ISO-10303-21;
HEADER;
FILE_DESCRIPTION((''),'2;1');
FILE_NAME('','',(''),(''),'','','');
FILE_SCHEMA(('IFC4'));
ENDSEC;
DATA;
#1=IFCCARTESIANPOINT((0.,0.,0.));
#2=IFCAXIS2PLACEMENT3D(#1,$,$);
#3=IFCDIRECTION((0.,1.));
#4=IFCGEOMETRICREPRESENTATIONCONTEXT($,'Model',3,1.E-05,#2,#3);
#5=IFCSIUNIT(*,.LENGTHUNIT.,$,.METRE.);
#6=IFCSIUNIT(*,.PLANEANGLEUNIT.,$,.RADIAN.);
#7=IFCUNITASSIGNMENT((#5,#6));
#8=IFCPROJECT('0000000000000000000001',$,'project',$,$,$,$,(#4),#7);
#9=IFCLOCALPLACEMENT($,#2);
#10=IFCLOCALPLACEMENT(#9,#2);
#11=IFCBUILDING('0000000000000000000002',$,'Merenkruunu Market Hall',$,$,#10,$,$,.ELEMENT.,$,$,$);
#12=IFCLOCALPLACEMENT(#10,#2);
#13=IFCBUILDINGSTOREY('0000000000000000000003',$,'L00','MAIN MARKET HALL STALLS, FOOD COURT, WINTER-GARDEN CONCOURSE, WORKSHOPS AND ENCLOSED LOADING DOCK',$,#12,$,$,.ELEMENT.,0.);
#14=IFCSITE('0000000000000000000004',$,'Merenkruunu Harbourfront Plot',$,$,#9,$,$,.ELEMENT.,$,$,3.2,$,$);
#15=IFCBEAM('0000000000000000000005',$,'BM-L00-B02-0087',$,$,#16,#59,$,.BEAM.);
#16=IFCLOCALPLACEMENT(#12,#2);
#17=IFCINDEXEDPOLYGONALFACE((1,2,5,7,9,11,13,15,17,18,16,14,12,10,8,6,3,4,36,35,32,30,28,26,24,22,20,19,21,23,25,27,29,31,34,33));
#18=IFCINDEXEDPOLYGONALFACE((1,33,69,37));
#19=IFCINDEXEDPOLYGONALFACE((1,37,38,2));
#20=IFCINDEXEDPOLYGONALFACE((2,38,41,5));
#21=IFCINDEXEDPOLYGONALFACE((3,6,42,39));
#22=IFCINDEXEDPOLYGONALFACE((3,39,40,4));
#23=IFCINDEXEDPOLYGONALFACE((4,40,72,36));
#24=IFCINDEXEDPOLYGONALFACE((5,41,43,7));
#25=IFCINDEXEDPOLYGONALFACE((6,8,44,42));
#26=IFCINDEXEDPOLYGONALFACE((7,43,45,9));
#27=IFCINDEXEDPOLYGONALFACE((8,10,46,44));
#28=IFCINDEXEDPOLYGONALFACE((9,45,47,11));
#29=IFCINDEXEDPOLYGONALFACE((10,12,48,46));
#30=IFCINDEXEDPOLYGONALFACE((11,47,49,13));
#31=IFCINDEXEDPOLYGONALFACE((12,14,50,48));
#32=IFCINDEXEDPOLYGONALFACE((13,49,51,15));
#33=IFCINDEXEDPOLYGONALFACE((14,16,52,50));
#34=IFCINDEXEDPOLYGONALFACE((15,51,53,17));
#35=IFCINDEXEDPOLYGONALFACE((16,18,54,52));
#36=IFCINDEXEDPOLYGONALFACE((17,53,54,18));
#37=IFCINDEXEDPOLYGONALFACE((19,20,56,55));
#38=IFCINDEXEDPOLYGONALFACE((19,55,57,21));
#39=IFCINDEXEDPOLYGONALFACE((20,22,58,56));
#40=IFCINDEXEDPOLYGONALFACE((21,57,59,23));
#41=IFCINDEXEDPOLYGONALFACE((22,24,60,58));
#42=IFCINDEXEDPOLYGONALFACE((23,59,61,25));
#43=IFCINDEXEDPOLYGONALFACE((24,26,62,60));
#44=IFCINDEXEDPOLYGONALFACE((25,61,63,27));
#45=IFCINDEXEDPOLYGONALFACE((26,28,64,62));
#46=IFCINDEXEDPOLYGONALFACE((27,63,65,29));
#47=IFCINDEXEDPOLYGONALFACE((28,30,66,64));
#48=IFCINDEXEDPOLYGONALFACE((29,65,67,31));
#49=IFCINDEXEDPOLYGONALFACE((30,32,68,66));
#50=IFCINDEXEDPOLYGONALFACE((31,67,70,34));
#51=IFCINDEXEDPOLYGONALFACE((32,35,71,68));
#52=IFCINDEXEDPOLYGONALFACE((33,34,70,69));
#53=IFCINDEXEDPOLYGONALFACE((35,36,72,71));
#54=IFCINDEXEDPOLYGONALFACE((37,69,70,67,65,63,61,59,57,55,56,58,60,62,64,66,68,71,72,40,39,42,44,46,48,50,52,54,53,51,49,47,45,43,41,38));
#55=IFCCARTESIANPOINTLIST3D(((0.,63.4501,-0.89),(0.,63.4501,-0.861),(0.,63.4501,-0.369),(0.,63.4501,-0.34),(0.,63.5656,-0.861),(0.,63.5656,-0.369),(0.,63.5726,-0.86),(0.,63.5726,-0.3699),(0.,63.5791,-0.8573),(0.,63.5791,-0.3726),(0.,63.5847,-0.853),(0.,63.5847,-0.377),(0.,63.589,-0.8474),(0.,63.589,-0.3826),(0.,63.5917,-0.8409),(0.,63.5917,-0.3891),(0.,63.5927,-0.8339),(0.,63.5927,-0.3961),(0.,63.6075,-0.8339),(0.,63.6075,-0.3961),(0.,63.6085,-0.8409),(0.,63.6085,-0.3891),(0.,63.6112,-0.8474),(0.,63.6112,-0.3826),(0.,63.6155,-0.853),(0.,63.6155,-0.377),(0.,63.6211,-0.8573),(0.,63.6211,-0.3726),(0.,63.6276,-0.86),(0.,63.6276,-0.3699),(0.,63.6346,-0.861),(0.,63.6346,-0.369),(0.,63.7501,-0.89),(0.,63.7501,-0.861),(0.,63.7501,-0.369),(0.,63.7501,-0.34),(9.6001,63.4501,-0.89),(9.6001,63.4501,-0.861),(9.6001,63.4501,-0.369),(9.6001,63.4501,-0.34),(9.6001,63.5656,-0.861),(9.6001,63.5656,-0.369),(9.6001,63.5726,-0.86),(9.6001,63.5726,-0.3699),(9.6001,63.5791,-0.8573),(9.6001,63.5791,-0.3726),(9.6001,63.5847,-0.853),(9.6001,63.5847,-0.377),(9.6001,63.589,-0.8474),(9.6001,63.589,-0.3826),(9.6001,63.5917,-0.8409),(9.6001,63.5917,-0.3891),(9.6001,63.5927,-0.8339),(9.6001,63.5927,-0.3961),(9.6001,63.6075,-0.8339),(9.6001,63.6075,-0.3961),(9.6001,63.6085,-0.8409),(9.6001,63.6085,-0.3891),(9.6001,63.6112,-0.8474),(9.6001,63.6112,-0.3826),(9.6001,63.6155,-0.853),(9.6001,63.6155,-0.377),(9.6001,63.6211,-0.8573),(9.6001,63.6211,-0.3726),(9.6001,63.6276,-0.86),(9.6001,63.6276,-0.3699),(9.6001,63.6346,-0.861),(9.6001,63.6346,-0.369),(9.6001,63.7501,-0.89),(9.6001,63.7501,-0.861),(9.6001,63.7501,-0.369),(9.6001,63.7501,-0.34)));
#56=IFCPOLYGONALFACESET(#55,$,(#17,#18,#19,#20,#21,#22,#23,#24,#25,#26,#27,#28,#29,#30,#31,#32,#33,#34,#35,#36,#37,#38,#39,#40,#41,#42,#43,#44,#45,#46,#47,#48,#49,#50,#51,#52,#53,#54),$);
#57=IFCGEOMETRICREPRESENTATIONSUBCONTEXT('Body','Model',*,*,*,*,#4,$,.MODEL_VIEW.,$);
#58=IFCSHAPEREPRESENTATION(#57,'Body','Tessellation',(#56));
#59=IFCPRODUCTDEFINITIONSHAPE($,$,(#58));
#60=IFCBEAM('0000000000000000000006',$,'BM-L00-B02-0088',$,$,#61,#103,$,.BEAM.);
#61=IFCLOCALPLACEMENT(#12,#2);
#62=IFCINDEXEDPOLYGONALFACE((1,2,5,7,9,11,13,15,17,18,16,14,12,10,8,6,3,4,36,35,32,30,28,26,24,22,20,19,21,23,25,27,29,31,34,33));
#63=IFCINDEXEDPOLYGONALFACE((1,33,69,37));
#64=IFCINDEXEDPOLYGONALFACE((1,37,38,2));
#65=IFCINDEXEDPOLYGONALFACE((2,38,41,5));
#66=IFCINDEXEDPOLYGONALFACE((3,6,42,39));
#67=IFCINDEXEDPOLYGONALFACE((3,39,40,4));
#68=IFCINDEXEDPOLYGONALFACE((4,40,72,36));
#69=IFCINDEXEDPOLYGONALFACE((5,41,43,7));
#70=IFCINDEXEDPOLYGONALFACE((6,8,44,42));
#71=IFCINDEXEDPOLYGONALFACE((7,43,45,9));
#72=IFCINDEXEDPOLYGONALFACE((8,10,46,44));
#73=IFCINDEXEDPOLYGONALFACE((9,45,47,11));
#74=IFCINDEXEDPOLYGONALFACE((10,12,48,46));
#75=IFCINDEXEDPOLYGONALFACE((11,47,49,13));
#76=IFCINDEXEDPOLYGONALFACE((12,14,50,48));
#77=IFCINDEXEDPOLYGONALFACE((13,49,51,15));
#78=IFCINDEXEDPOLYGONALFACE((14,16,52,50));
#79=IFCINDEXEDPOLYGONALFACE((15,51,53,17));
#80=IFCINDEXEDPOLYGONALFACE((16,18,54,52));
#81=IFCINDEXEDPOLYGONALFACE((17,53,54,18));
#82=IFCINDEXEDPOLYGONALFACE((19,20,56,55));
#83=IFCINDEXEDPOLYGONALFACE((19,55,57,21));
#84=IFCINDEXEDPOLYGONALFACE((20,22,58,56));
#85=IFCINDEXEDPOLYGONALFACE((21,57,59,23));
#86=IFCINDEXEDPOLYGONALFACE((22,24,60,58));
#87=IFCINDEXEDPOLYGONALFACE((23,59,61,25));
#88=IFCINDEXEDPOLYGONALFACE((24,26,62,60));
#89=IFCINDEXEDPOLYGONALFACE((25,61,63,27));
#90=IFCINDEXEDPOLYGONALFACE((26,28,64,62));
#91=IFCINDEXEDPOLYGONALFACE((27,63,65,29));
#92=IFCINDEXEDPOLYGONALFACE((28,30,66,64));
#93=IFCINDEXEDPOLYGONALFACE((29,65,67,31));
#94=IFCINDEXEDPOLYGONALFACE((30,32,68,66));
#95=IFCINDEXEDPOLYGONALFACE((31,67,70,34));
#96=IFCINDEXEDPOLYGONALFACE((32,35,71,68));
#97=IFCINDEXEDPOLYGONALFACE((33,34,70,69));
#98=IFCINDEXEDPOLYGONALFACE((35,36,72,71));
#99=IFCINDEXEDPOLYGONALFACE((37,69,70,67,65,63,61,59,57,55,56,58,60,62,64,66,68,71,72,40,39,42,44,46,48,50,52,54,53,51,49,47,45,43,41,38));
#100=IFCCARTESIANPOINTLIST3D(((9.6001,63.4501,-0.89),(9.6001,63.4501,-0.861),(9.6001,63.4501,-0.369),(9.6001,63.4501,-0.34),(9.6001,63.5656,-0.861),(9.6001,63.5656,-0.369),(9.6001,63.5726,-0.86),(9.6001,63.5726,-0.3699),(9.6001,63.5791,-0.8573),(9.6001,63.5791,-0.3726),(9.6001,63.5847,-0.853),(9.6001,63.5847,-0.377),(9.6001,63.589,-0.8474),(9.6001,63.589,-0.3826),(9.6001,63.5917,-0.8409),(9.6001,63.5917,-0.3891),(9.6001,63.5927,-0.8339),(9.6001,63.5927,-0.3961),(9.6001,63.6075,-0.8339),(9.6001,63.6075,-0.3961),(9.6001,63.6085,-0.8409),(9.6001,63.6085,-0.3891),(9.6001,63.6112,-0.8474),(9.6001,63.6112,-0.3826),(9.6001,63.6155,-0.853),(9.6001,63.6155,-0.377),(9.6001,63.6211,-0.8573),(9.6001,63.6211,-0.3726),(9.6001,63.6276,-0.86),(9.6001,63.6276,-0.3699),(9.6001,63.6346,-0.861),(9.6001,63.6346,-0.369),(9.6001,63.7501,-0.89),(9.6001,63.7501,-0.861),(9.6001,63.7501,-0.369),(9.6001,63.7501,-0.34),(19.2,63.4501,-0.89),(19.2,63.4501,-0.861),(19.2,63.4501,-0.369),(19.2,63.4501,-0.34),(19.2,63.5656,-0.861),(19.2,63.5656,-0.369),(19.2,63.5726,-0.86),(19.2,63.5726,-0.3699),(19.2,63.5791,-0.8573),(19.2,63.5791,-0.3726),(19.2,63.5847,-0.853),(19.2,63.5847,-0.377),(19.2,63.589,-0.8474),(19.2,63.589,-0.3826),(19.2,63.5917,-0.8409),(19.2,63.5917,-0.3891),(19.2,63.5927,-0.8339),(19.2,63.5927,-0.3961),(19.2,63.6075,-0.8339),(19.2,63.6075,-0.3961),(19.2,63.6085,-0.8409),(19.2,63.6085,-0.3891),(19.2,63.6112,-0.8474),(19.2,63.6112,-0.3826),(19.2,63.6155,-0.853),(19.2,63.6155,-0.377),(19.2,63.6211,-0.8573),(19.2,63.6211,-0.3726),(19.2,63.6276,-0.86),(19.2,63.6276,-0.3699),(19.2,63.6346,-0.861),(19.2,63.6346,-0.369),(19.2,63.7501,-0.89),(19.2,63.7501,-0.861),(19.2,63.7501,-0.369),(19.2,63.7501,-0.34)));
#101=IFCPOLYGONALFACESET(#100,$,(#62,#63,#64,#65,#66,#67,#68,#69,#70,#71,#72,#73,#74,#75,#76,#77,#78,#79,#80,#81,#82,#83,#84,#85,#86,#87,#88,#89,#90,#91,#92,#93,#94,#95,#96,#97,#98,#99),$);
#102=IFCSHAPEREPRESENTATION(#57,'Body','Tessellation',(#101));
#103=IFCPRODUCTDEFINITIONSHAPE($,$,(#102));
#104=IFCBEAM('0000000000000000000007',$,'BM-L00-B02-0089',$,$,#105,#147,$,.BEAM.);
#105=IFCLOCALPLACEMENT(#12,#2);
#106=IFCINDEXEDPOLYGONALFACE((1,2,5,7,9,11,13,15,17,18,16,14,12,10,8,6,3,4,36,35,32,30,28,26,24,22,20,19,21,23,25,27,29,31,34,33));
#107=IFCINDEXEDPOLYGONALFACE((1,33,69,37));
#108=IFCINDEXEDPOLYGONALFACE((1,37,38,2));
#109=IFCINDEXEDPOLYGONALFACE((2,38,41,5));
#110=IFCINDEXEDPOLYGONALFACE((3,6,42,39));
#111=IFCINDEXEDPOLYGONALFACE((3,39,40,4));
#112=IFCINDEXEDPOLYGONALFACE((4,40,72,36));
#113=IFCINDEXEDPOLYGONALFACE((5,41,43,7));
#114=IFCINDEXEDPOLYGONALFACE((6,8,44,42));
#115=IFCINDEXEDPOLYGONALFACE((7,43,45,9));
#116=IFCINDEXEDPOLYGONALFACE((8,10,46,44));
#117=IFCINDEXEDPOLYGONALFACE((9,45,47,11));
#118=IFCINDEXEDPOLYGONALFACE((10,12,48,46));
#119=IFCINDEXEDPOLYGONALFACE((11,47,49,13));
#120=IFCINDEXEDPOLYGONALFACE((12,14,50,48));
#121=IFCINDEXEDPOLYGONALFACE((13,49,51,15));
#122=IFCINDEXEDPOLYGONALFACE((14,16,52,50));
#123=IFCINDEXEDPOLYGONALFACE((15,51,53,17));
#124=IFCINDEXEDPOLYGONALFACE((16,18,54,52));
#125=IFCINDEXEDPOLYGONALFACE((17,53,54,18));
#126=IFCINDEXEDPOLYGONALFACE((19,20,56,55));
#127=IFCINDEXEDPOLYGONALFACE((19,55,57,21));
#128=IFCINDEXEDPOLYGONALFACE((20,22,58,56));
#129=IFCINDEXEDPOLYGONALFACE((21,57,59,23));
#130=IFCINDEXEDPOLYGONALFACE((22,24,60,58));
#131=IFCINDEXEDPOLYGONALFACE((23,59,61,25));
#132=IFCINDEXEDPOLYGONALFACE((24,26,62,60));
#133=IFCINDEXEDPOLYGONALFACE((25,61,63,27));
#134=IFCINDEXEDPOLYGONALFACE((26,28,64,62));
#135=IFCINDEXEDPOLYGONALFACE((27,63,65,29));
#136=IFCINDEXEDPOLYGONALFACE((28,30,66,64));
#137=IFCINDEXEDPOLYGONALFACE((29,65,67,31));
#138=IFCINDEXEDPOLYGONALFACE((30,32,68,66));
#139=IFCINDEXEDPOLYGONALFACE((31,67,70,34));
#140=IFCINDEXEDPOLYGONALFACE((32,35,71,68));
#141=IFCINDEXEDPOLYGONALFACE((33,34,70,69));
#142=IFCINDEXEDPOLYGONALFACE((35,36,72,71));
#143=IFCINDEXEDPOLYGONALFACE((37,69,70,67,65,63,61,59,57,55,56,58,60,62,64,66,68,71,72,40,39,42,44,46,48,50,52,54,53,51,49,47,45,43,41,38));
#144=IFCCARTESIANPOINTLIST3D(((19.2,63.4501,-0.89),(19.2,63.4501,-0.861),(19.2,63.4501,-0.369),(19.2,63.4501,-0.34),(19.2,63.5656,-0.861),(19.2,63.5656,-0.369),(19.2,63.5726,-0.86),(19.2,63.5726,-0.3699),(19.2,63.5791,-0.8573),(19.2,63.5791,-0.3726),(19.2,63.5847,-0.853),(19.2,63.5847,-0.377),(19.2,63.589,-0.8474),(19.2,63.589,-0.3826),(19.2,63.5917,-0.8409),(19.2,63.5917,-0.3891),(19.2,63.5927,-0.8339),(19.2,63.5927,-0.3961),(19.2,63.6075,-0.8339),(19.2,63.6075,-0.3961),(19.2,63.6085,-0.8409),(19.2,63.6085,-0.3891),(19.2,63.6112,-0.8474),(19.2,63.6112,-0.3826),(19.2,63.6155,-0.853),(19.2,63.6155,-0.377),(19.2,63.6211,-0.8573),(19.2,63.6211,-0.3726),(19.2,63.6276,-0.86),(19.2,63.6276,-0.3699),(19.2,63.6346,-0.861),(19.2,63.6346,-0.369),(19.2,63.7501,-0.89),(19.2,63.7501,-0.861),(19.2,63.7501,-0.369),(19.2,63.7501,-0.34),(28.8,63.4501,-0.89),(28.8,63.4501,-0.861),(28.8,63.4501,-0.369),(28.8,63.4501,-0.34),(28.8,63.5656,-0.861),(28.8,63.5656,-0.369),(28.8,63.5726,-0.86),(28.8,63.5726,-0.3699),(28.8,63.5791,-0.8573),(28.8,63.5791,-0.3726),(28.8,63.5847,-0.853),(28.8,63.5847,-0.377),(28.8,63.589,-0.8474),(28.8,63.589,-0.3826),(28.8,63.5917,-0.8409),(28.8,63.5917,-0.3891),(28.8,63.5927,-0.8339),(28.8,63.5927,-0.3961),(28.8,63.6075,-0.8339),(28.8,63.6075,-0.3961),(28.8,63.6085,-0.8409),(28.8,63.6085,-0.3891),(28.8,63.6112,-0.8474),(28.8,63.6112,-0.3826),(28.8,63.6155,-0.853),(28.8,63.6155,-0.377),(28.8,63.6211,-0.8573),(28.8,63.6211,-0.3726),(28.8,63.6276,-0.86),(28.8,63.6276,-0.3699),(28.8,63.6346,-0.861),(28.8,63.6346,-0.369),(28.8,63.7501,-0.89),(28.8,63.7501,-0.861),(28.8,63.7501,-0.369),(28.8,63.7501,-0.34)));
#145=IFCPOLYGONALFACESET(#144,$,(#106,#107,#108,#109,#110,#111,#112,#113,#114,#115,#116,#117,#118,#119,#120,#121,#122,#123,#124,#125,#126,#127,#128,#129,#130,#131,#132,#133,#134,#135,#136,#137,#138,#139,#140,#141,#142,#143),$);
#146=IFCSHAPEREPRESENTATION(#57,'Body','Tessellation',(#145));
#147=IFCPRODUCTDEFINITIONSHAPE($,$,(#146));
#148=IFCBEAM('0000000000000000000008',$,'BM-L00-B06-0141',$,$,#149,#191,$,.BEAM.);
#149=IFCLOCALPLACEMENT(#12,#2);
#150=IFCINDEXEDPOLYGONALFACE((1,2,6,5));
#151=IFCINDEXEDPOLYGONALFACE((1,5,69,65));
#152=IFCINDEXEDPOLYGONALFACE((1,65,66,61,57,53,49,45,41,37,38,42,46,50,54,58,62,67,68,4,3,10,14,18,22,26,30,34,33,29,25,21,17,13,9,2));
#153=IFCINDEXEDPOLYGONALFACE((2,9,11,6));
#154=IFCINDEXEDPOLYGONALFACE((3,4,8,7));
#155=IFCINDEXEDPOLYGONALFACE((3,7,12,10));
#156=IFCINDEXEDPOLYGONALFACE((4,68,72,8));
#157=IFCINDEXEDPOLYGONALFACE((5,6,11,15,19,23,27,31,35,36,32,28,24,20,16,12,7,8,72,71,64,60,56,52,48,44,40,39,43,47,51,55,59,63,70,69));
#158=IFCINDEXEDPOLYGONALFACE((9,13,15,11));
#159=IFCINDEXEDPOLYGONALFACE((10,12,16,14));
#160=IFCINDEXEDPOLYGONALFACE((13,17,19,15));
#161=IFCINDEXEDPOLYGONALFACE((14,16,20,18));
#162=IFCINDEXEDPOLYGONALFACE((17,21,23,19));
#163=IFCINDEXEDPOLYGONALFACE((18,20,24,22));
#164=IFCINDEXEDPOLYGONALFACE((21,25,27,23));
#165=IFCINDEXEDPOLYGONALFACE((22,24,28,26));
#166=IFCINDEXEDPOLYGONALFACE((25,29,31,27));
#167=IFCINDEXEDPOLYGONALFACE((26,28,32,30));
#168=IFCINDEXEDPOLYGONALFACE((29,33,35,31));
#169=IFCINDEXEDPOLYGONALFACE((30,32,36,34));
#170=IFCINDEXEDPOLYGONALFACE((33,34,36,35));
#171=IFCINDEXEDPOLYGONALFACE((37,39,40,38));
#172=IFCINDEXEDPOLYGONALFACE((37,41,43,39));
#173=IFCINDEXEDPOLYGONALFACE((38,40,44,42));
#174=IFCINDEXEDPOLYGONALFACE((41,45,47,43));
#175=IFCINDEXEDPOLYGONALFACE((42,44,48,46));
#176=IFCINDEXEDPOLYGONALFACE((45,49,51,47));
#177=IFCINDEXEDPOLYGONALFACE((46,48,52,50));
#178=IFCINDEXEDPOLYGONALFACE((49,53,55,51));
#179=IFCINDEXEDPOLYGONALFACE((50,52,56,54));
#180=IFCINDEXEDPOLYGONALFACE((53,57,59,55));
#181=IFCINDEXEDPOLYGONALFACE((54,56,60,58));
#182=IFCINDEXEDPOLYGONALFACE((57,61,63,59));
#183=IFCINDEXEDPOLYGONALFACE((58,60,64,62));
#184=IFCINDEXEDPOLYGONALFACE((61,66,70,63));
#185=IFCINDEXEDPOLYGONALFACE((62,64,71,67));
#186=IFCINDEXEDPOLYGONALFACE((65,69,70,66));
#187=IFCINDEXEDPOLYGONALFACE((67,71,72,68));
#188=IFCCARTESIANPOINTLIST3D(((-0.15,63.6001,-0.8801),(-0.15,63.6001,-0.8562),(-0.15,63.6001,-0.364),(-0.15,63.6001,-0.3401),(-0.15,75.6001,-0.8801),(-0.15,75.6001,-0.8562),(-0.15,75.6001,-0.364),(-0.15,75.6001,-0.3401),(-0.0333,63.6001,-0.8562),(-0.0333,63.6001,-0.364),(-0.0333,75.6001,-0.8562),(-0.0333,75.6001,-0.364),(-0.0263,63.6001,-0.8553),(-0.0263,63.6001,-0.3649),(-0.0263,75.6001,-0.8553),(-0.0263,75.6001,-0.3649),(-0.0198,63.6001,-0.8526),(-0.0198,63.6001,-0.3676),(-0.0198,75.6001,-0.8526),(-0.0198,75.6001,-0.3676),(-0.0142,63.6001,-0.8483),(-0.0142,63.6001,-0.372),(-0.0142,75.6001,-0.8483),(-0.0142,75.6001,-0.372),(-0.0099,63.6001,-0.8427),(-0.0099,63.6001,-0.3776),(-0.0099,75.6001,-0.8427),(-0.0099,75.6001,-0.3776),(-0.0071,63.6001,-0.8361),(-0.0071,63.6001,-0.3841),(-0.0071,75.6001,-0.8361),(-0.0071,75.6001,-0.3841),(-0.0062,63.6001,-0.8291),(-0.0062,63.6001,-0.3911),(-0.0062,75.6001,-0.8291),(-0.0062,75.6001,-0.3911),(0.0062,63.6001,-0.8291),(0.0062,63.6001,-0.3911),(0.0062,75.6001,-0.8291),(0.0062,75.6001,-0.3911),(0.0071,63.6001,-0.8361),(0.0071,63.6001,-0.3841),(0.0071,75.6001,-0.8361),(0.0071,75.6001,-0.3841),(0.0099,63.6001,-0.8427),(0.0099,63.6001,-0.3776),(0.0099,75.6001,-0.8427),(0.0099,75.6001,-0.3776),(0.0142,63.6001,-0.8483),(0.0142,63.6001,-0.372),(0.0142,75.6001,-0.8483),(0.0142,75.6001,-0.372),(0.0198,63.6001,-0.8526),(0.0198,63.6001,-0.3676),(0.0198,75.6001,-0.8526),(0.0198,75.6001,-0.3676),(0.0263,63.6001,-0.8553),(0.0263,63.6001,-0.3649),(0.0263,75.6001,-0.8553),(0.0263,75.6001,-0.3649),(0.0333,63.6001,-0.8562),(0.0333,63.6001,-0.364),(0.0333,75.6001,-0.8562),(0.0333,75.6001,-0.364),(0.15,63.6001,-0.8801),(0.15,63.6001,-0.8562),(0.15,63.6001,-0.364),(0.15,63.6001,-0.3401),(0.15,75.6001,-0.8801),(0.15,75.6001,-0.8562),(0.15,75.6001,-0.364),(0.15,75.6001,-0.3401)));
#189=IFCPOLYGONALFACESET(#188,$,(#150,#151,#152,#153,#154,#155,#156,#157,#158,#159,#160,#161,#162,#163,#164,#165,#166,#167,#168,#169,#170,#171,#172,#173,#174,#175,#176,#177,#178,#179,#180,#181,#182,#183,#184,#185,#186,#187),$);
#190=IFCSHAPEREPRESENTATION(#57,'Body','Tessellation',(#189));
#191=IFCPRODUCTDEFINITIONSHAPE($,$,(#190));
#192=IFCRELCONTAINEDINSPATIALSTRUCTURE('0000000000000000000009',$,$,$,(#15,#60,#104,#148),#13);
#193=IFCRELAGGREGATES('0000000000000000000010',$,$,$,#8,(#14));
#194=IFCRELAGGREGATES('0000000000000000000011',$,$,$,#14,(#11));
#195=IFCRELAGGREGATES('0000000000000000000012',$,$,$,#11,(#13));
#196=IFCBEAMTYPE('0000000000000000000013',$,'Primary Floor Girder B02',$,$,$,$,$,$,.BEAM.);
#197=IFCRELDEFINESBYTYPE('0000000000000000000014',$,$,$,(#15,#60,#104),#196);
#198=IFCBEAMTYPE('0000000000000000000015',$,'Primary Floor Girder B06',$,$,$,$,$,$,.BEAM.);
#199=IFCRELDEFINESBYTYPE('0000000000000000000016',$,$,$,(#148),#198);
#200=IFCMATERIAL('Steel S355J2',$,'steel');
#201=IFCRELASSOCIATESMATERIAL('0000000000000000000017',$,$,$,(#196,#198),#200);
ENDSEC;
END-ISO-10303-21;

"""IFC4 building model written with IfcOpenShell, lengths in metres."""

from ifc_helpers import new_model, si_unit, direction, frame, origin, origin_2d, place, context, subcontext, project, spatial, i_section, extrude, material, material_profile, profile_set, type_object, element, save


model = new_model("IFC4")

# Units and contexts
model_context = context("Model", 3, precision=1e-05, world=origin(), true_north=direction((0.0, 1.0)))
body_context = subcontext(model_context, "Body", "Model", "MODEL_VIEW")
ifc_project = project(units=[si_unit("LENGTHUNIT", "METRE"), si_unit("PLANEANGLEUNIT", "RADIAN")], contexts=[model_context])

# Site, building, storey
site_placement = place(None, origin())
site = spatial("IfcSite", under=ifc_project, at=site_placement, Name="Merenkruunu Harbourfront Plot", CompositionType="ELEMENT", RefElevation=3.2)
building_placement = place(site_placement, origin())
building = spatial("IfcBuilding", under=site, at=building_placement, Name="Merenkruunu Market Hall", CompositionType="ELEMENT")
storey_placement = place(building_placement, origin())
storey = spatial("IfcBuildingStorey", under=building, at=storey_placement, Name="L00", Description="MAIN MARKET HALL STALLS, FOOD COURT, WINTER-GARDEN CONCOURSE, WORKSHOPS AND ENCLOSED LOADING DOCK", CompositionType="ELEMENT", Elevation=0.0)

# Shared definitions
ifc_material_1 = material(Name="Steel S355J2", Category="steel")

# Beams
ifc_material_profile_1 = material_profile(ifc_material_1, i_section(OverallWidth=0.3, OverallDepth=0.55, WebThickness=0.0149, FlangeThickness=0.0291, FilletRadius=0.0271, at=origin_2d()), Name="HEB 550")
ifc_profile_set_1 = profile_set([ifc_material_profile_1], Name="Steel S355J2")
beam_type_1 = type_object("IfcBeamType", Name="Primary Floor Girder B02", PredefinedType="BEAM", material=ifc_profile_set_1)
beam_1_placement = place(storey_placement, frame((0.0, 63.6001, -0.615), z_axis=(1.0, 0.0, 0.0), x_axis=(0.0, 1.0, 0.0)))
element("IfcBeam", 1, at=beam_1_placement, inside=storey, type_object=beam_type_1, Name="BM-L00-B02-0087", PredefinedType="BEAM", context=body_context, shape_type="SweptSolid", body=[
    extrude(i_section(OverallWidth=0.3, OverallDepth=0.55, WebThickness=0.0149, FlangeThickness=0.0291, FilletRadius=0.0271, at=origin_2d()), origin(), (0.0, 0.0, 1.0), 9.6001),
])
beam_2_placement = place(storey_placement, frame((9.6001, 63.6001, -0.615), z_axis=(1.0, 0.0, 0.0), x_axis=(0.0, 1.0, 0.0)))
element("IfcBeam", 2, at=beam_2_placement, inside=storey, type_object=beam_type_1, Name="BM-L00-B02-0088", PredefinedType="BEAM", context=body_context, shape_type="SweptSolid", body=[
    extrude(i_section(OverallWidth=0.3, OverallDepth=0.55, WebThickness=0.0149, FlangeThickness=0.0291, FilletRadius=0.0271, at=origin_2d()), origin(), (0.0, 0.0, 1.0), 9.5999),
])
beam_3_placement = place(storey_placement, frame((19.2, 63.6001, -0.615), z_axis=(1.0, 0.0, 0.0), x_axis=(0.0, 1.0, 0.0)))
element("IfcBeam", 3, at=beam_3_placement, inside=storey, type_object=beam_type_1, Name="BM-L00-B02-0089", PredefinedType="BEAM", context=body_context, shape_type="SweptSolid", body=[
    extrude(i_section(OverallWidth=0.3, OverallDepth=0.55, WebThickness=0.0149, FlangeThickness=0.0291, FilletRadius=0.0271, at=origin_2d()), origin(), (0.0, 0.0, 1.0), 9.6001),
])
ifc_material_profile_2 = material_profile(ifc_material_1, i_section(OverallWidth=0.3, OverallDepth=0.54, WebThickness=0.0125, FlangeThickness=0.0239, FilletRadius=0.0271, at=origin_2d()), Name="HEA 550")
ifc_profile_set_2 = profile_set([ifc_material_profile_2], Name="Steel S355J2")
beam_type_2 = type_object("IfcBeamType", Name="Primary Floor Girder B06", PredefinedType="BEAM", material=ifc_profile_set_2)
for number, where, z_axis, x_axis, name in (
    (4, (0.0, 63.6001, -0.6101), (0.0, 1.0, 0.0), (-1.0, 0.0, 0.0), "BM-L00-B06-0141"),
):
    element("IfcBeam", number, at=place(storey_placement, frame(where, z_axis=z_axis, x_axis=x_axis)), inside=storey, type_object=beam_type_2, Name=name, PredefinedType="BEAM", context=body_context, shape_type="SweptSolid", body=[
        extrude(i_section(OverallWidth=0.3, OverallDepth=0.54, WebThickness=0.0125, FlangeThickness=0.0239, FilletRadius=0.0271, at=origin_2d()), origin(), (0.0, 0.0, 1.0), 12.0),
    ])

save(model, "model.ifc")
